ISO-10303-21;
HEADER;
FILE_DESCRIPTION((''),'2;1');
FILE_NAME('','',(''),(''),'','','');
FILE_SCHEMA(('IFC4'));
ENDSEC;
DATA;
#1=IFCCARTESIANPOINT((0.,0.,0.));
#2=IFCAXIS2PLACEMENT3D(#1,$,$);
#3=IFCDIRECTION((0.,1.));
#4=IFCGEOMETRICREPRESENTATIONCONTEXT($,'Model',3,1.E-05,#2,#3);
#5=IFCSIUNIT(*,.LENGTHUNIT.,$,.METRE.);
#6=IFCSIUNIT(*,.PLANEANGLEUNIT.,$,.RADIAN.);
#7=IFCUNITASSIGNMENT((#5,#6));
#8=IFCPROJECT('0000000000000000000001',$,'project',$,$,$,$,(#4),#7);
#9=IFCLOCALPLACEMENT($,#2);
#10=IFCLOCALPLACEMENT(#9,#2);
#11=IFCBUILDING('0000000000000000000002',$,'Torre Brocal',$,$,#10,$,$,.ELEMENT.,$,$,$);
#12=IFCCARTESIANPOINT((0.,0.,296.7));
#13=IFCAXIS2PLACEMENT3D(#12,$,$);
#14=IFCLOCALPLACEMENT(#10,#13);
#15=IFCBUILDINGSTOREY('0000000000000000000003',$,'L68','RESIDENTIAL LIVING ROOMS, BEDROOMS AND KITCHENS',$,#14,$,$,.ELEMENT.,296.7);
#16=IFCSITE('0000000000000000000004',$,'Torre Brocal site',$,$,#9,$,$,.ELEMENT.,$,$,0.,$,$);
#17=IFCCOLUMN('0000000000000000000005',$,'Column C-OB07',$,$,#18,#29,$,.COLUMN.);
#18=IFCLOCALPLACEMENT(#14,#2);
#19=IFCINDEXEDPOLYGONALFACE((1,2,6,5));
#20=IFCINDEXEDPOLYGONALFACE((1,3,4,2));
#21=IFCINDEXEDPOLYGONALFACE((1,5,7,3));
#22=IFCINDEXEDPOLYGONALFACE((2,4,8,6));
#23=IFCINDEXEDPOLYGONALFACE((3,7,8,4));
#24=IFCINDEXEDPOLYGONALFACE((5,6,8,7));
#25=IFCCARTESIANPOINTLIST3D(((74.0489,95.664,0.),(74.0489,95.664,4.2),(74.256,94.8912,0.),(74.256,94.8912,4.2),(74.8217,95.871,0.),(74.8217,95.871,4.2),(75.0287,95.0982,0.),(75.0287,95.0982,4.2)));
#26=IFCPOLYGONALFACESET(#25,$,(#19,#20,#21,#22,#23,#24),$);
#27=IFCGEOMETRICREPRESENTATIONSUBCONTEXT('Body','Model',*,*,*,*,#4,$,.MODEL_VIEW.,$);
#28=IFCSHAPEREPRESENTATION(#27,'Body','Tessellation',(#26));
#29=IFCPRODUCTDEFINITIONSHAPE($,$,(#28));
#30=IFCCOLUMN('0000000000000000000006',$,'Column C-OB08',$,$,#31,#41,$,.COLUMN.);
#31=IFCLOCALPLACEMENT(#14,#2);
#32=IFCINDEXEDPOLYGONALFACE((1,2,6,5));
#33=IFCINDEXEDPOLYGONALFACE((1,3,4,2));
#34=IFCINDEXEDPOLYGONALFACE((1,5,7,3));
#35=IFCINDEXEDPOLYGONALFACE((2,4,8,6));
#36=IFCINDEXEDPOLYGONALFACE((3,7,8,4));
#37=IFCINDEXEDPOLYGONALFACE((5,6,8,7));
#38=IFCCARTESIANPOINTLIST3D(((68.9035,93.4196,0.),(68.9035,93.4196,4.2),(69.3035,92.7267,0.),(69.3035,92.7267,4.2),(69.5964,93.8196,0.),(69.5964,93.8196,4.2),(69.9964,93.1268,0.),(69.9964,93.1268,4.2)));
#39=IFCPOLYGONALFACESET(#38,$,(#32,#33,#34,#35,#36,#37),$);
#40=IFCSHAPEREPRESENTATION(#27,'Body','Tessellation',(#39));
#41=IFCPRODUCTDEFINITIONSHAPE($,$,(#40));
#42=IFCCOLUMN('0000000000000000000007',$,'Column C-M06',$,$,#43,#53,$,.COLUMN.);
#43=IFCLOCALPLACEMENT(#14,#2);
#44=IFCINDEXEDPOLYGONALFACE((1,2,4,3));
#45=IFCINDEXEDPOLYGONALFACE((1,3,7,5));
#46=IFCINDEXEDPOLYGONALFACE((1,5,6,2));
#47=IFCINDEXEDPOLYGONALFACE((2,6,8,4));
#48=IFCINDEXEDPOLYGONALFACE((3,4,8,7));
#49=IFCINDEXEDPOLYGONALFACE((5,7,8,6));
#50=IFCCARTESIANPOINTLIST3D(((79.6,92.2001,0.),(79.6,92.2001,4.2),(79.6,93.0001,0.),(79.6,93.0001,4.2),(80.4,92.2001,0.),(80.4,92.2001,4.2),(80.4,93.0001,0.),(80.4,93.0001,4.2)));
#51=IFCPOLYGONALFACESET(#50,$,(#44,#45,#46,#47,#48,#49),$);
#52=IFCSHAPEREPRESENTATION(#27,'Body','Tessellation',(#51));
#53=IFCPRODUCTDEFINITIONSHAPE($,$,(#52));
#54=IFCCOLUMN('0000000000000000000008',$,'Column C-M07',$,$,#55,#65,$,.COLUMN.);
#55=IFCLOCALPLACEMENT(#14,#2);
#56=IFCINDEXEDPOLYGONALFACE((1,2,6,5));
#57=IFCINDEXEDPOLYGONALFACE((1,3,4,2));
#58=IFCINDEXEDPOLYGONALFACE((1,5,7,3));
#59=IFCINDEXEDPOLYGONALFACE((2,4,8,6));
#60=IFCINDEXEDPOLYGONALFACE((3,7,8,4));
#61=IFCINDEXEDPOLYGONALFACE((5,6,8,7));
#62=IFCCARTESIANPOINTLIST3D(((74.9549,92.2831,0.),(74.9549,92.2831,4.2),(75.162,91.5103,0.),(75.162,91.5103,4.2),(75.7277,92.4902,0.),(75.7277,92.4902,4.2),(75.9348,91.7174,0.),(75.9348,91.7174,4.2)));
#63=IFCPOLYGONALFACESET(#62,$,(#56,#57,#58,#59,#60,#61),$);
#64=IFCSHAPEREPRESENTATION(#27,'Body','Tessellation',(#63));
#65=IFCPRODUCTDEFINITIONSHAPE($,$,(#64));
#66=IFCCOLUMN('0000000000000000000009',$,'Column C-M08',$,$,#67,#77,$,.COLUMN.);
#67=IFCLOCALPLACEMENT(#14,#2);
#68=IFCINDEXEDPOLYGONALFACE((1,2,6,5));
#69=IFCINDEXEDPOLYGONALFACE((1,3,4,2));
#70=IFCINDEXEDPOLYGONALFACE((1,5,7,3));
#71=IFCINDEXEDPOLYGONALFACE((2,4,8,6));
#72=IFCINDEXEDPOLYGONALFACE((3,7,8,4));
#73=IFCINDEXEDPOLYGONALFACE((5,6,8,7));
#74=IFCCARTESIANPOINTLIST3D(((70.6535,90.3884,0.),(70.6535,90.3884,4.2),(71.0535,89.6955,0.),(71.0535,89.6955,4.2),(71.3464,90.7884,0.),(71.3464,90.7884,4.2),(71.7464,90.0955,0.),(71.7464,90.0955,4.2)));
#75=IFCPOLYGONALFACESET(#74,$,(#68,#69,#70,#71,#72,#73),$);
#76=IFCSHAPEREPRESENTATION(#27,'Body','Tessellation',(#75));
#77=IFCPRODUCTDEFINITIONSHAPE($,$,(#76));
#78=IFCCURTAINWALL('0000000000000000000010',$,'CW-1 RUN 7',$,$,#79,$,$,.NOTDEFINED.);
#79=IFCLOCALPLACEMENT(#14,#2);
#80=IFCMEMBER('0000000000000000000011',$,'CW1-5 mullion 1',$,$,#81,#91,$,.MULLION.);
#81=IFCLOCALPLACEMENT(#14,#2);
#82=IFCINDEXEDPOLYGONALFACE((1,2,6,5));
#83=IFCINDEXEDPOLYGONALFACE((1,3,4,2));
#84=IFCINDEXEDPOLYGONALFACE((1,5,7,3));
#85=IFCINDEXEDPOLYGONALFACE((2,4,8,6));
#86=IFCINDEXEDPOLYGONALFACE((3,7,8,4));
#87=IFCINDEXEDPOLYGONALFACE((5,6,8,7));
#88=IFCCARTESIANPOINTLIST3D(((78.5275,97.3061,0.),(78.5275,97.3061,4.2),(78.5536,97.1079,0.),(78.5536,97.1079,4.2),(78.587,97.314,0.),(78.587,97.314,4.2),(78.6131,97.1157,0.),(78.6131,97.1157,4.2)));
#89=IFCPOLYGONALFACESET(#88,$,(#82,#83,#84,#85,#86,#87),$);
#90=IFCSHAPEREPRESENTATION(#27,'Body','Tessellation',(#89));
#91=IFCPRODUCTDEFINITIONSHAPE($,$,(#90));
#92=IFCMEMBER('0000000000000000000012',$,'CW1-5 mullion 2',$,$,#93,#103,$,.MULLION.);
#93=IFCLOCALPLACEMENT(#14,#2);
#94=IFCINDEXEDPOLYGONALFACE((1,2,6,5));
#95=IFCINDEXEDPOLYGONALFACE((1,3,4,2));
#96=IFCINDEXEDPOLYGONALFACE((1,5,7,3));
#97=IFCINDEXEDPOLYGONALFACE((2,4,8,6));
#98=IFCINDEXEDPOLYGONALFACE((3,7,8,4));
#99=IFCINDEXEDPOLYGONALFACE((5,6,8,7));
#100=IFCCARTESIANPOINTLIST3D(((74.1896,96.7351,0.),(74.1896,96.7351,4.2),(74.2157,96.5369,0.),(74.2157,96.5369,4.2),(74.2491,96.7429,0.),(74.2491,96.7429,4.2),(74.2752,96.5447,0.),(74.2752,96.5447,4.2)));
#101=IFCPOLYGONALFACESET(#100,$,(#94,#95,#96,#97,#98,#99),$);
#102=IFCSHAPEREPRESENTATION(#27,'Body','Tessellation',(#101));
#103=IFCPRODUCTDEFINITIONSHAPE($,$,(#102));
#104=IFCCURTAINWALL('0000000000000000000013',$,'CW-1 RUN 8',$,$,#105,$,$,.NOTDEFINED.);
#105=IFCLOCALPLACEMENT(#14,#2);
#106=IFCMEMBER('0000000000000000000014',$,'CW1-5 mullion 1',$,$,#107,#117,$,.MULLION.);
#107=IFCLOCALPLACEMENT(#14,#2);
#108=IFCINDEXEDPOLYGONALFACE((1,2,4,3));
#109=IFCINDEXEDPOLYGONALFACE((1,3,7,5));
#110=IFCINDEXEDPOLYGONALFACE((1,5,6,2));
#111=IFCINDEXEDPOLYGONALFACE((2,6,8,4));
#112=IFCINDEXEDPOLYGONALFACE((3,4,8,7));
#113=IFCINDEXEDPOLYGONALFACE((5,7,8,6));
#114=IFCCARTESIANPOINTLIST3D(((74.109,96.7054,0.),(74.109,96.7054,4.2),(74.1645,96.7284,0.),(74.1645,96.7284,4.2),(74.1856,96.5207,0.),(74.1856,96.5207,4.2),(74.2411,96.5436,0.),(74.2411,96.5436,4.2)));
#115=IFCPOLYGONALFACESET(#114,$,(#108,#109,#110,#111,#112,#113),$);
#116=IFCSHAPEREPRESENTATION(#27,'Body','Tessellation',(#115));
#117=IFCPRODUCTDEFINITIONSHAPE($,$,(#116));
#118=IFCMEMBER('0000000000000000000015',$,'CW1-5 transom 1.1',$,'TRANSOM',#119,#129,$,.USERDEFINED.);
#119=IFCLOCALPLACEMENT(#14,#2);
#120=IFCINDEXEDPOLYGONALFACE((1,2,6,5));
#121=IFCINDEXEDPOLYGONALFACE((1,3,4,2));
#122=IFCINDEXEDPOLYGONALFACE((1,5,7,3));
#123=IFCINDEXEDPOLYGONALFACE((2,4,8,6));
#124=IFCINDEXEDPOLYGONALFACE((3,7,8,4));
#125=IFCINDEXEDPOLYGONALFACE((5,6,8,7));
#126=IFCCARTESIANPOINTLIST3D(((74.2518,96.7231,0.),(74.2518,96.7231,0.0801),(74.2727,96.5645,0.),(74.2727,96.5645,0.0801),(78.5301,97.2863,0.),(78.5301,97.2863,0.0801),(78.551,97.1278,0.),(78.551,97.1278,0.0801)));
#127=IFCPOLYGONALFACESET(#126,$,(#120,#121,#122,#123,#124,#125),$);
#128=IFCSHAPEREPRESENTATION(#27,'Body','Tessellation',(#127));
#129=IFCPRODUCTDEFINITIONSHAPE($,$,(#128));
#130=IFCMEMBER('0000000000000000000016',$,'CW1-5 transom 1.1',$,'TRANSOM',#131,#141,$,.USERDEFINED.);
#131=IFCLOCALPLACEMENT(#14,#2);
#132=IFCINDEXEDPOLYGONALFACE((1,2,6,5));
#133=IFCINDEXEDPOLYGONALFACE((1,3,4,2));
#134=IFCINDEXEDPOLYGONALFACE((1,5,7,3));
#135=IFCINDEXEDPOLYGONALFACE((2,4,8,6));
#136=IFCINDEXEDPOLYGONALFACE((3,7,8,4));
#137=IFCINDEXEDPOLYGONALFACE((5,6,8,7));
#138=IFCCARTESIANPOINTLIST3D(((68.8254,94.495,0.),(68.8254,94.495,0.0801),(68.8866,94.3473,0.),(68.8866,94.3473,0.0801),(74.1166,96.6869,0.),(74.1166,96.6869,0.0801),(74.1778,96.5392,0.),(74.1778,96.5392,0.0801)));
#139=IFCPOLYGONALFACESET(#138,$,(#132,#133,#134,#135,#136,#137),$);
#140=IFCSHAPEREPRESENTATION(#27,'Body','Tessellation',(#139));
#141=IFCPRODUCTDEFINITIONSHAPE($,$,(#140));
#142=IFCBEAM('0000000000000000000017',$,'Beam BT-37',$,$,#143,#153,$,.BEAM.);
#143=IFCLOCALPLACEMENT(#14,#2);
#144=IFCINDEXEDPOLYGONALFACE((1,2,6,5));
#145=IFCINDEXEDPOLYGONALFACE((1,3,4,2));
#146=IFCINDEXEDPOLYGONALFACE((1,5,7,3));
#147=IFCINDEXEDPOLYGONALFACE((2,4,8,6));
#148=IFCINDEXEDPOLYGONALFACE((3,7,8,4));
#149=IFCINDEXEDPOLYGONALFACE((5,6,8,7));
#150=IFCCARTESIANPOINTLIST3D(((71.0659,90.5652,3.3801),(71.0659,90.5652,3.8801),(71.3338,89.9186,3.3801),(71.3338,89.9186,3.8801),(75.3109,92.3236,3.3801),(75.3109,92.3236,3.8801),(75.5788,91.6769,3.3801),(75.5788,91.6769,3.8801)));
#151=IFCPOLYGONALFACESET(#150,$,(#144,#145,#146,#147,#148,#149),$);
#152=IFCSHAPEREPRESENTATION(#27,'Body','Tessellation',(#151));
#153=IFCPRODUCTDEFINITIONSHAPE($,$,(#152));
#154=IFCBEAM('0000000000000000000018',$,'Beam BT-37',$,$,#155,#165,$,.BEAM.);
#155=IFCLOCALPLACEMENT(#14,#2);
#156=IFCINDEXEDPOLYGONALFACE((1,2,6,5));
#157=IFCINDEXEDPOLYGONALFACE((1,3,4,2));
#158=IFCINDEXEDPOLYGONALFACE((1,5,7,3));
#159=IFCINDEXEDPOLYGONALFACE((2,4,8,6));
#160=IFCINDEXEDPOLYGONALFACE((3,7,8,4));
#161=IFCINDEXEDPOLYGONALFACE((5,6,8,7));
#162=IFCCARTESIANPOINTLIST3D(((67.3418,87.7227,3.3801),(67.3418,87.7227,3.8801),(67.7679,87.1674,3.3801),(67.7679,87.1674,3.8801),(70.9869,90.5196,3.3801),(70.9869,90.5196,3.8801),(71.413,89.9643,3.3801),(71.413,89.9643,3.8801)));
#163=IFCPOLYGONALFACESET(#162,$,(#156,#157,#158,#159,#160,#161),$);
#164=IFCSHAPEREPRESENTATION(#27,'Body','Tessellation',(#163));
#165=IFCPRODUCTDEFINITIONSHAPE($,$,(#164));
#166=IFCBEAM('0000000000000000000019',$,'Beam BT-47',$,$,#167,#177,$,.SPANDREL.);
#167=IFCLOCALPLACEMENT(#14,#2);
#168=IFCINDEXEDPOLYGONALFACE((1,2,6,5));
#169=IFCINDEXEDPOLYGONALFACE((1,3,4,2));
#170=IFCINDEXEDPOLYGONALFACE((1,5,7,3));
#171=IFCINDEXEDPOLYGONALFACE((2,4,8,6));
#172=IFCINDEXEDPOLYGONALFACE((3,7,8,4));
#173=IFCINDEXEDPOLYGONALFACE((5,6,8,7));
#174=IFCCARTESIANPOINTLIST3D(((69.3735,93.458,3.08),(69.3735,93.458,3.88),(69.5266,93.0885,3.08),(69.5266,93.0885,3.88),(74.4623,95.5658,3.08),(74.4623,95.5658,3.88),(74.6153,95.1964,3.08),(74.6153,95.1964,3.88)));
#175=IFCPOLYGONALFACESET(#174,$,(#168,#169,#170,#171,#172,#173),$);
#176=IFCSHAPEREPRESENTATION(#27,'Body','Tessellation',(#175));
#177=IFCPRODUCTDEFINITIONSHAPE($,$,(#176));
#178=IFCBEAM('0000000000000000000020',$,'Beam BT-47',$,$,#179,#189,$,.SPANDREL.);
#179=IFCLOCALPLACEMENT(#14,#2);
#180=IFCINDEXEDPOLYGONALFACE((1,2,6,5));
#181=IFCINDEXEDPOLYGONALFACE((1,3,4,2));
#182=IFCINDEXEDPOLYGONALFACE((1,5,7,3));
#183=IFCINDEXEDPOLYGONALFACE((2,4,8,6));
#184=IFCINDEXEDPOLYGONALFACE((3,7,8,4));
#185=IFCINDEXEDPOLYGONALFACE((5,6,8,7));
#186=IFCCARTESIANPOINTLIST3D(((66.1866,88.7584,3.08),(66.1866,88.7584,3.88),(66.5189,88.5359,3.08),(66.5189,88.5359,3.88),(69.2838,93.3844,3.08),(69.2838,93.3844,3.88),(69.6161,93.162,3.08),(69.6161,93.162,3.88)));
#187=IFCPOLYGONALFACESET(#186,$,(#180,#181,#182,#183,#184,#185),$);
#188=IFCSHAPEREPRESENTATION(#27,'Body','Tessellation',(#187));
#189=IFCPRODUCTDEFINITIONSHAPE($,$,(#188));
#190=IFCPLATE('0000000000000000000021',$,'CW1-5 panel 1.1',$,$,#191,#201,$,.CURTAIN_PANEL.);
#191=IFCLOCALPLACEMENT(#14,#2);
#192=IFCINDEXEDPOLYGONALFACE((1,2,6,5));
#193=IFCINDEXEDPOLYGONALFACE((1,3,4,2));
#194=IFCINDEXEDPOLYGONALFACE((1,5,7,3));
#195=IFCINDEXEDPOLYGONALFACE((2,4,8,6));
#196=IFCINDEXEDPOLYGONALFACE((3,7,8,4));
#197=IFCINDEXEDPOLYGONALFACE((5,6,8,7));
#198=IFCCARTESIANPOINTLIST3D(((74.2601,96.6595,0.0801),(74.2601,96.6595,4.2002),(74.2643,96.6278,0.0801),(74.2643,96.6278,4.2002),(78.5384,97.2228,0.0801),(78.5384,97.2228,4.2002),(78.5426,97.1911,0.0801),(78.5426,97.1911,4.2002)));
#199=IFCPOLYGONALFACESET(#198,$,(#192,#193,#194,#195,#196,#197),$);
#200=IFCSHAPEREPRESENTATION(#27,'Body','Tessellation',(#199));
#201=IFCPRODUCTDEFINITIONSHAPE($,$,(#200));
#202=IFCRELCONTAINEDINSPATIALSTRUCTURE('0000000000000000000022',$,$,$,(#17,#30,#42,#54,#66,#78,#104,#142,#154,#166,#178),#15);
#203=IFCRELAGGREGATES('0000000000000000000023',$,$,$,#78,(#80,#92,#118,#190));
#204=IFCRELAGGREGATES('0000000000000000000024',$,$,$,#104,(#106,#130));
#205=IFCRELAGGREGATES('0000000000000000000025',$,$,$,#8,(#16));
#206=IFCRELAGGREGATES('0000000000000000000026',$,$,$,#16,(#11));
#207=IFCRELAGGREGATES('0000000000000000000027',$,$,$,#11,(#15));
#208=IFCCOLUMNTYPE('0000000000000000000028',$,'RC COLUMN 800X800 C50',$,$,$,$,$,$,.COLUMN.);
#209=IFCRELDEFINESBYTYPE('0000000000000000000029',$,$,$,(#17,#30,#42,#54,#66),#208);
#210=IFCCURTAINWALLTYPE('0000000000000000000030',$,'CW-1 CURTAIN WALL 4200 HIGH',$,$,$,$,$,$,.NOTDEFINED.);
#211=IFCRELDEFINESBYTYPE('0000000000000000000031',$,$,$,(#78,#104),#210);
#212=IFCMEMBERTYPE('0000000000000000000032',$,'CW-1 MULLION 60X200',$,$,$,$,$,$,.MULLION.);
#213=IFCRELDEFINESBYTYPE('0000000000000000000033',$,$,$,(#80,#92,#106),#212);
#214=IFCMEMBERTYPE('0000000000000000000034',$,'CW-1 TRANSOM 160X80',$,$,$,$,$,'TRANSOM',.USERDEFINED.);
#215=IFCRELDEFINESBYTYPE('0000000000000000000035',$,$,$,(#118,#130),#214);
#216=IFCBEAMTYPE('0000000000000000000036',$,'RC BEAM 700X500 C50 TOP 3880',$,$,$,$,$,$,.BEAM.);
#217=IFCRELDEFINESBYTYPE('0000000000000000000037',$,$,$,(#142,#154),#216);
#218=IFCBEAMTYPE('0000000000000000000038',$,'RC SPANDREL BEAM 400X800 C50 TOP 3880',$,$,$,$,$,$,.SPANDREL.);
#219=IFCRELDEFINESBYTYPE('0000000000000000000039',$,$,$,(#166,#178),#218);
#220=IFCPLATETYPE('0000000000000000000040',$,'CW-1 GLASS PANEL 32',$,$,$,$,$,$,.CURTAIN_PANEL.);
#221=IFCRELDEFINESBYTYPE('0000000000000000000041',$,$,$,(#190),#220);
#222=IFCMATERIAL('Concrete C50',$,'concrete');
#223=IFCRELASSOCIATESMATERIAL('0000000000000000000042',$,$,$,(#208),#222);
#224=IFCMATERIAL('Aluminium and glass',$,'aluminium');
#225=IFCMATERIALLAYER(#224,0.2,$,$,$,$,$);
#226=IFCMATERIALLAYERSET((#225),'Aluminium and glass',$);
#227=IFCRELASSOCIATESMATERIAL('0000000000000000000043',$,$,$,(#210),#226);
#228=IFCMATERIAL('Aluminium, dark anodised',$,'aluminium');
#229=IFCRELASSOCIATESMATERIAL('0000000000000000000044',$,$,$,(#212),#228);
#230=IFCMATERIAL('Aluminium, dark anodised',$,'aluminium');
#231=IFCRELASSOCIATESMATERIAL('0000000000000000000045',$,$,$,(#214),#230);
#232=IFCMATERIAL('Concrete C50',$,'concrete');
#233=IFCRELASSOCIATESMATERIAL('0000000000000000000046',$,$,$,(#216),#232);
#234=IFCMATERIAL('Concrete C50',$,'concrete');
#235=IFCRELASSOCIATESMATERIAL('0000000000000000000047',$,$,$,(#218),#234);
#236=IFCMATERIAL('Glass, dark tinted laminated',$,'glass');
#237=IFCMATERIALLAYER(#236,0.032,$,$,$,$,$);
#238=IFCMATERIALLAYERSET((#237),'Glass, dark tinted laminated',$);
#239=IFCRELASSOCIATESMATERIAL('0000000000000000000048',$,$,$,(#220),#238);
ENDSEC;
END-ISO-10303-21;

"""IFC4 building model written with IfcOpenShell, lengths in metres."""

from ifc_helpers import new_model, si_unit, direction, frame, origin, origin_2d, place, context, subcontext, project, spatial, rectangle, extrude, material, layer, layer_set, material_profile, profile_set, type_object, element, aggregate, save


model = new_model("IFC4")

# Units and contexts
model_context = context("Model", 3, precision=1e-05, world=origin(), true_north=direction((0.0, 1.0)))
body_context = subcontext(model_context, "Body", "Model", "MODEL_VIEW")
ifc_project = project(units=[si_unit("LENGTHUNIT", "METRE"), si_unit("PLANEANGLEUNIT", "RADIAN")], contexts=[model_context])

# Site, building, storey
site_placement = place(None, origin())
site = spatial("IfcSite", under=ifc_project, at=site_placement, Name="Torre Brocal site", CompositionType="ELEMENT", RefElevation=0.0)
building_placement = place(site_placement, origin())
building = spatial("IfcBuilding", under=site, at=building_placement, Name="Torre Brocal", CompositionType="ELEMENT")
storey_placement = place(building_placement, frame((0.0, 0.0, 296.7)))
storey = spatial("IfcBuildingStorey", under=building, at=storey_placement, Name="L68", Description="RESIDENTIAL LIVING ROOMS, BEDROOMS AND KITCHENS", CompositionType="ELEMENT", Elevation=296.7)

# Columns
ifc_material_1 = material(Name="Concrete C50", Category="concrete")
ifc_material_profile_1 = material_profile(ifc_material_1, rectangle(XDim=0.8, YDim=0.8, at=origin_2d()), Name="RC 800X800")
ifc_profile_set_1 = profile_set([ifc_material_profile_1], Name="Concrete C50")
column_type = type_object("IfcColumnType", Name="RC COLUMN 800X800 C50", PredefinedType="COLUMN", material=ifc_profile_set_1)
for number, where, z_axis, x_axis, name in (
    (1, (74.5388, 95.3811, 0.0), (0.0, 0.0, 1.0), (-0.258819, 0.965926, 0.0), "Column C-OB07"),
    (2, (69.45, 93.2732, 0.0), (0.0, 0.0, 1.0), (-0.5, 0.866025, 0.0), "Column C-OB08"),
    (3, (80.0, 92.6001, 0.0), (0.0, 0.0, 1.0), (0.0, 1.0, 0.0), "Column C-M06"),
    (4, (75.4448, 92.0002, 0.0), (0.0, 0.0, 1.0), (-0.258819, 0.965926, 0.0), "Column C-M07"),
    (5, (71.2, 90.2419, 0.0), (0.0, 0.0, 1.0), (-0.5, 0.866025, 0.0), "Column C-M08"),
):
    element("IfcColumn", number, at=place(storey_placement, frame(where, z_axis=z_axis, x_axis=x_axis)), inside=storey, type_object=column_type, Name=name, PredefinedType="COLUMN", context=body_context, shape_type="SweptSolid", body=[
        extrude(rectangle(XDim=0.8, YDim=0.8, at=origin_2d()), origin(), (0.0, 0.0, 1.0), 4.2),
    ])

# Curtain wall, members
ifc_material_2 = material(Name="Aluminium and glass", Category="aluminium")
ifc_layer_1 = layer(ifc_material_2, 0.2)
ifc_layer_set_1 = layer_set([ifc_layer_1], Name="Aluminium and glass")
curtain_wall_type = type_object("IfcCurtainWallType", Name="CW-1 CURTAIN WALL 4200 HIGH", PredefinedType="NOTDEFINED", material=ifc_layer_set_1)
curtain_wall_1_placement = place(storey_placement, origin())
curtain_wall_1 = element("IfcCurtainWall", 6, at=curtain_wall_1_placement, inside=storey, type_object=curtain_wall_type, Name="CW-1 RUN 7", PredefinedType="NOTDEFINED")
ifc_material_3 = material(Name="Aluminium, dark anodised", Category="aluminium")
ifc_material_profile_2 = material_profile(ifc_material_3, rectangle(XDim=0.2, YDim=0.0601, at=origin_2d()), Name="CW-1 MULLION 60X200")
ifc_profile_set_2 = profile_set([ifc_material_profile_2], Name="Aluminium, dark anodised")
member_type_1 = type_object("IfcMemberType", Name="CW-1 MULLION 60X200", PredefinedType="MULLION", material=ifc_profile_set_2)
member_1_placement = place(storey_placement, frame((78.5703, 97.2109, 0.0), z_axis=(0.0, 0.0, 1.0), x_axis=(0.130526, -0.991445, 0.0)))
member_1 = element("IfcMember", 7, at=member_1_placement, type_object=member_type_1, Name="CW1-5 mullion 1", PredefinedType="MULLION", context=body_context, shape_type="SweptSolid", body=[
    extrude(rectangle(XDim=0.2, YDim=0.0601, at=origin_2d()), origin(), (0.0, 0.0, 1.0), 4.2),
])
member_2_placement = place(storey_placement, frame((74.2324, 96.6399, 0.0), z_axis=(0.0, 0.0, 1.0), x_axis=(0.130526, -0.991445, 0.0)))
member_2 = element("IfcMember", 8, at=member_2_placement, type_object=member_type_1, Name="CW1-5 mullion 2", PredefinedType="MULLION", context=body_context, shape_type="SweptSolid", body=[
    extrude(rectangle(XDim=0.2, YDim=0.0601, at=origin_2d()), origin(), (0.0, 0.0, 1.0), 4.2),
])

# Curtain wall, member
curtain_wall_2_placement = place(storey_placement, origin())
curtain_wall_2 = element("IfcCurtainWall", 9, at=curtain_wall_2_placement, inside=storey, type_object=curtain_wall_type, Name="CW-1 RUN 8", PredefinedType="NOTDEFINED")
member_3_placement = place(storey_placement, frame((74.175, 96.6245, 0.0), z_axis=(0.0, 0.0, 1.0), x_axis=(0.382683, -0.92388, 0.0)))
member_3 = element("IfcMember", 10, at=member_3_placement, type_object=member_type_1, Name="CW1-5 mullion 1", PredefinedType="MULLION", context=body_context, shape_type="SweptSolid", body=[
    extrude(rectangle(XDim=0.2, YDim=0.0601, at=origin_2d()), origin(), (0.0, 0.0, 1.0), 4.2),
])

# Members
ifc_material_4 = material(Name="Aluminium, dark anodised", Category="aluminium")
ifc_material_profile_3 = material_profile(ifc_material_4, rectangle(XDim=0.1599, YDim=0.0801, at=origin_2d()), Name="CW-1 TRANSOM 160X80")
ifc_profile_set_3 = profile_set([ifc_material_profile_3], Name="Aluminium, dark anodised")
member_type_2 = type_object("IfcMemberType", Name="CW-1 TRANSOM 160X80", ElementType="TRANSOM", PredefinedType="USERDEFINED", material=ifc_profile_set_3)
member_4_placement = place(storey_placement, frame((78.5405, 97.207, 0.04), z_axis=(-0.991445, -0.130522, 0.0), x_axis=(0.130522, -0.991445, 0.0)))
member_4 = element("IfcMember", 11, at=member_4_placement, type_object=member_type_2, Name="CW1-5 transom 1.1", ObjectType="TRANSOM", PredefinedType="USERDEFINED", context=body_context, shape_type="SweptSolid", body=[
    extrude(rectangle(XDim=0.1599, YDim=0.0801, at=origin_2d()), origin(), (0.0, 0.0, 1.0), 4.3152),
])
member_5_placement = place(storey_placement, frame((74.1472, 96.613, 0.04), z_axis=(-0.923868, -0.382711, 0.0), x_axis=(0.382711, -0.923868, 0.0)))
member_5 = element("IfcMember", 12, at=member_5_placement, type_object=member_type_2, Name="CW1-5 transom 1.1", ObjectType="TRANSOM", PredefinedType="USERDEFINED", context=body_context, shape_type="SweptSolid", body=[
    extrude(rectangle(XDim=0.1599, YDim=0.0801, at=origin_2d()), origin(), (0.0, 0.0, 1.0), 5.7273),
])

# Beams
ifc_material_5 = material(Name="Concrete C50", Category="concrete")
ifc_material_profile_4 = material_profile(ifc_material_5, rectangle(XDim=0.7, YDim=0.5, at=origin_2d()), Name="RC 700X500")
ifc_profile_set_4 = profile_set([ifc_material_profile_4], Name="Concrete C50")
beam_type_1 = type_object("IfcBeamType", Name="RC BEAM 700X500 C50 TOP 3880", PredefinedType="BEAM", material=ifc_profile_set_4)
beam_1_placement = place(storey_placement, frame((75.4448, 92.0002, 3.6301), z_axis=(-0.923878, -0.382687, 0.0), x_axis=(0.382687, -0.923878, 0.0)))
element("IfcBeam", 13, at=beam_1_placement, inside=storey, type_object=beam_type_1, Name="Beam BT-37", PredefinedType="BEAM", context=body_context, shape_type="SweptSolid", body=[
    extrude(rectangle(XDim=0.7, YDim=0.5, at=origin_2d()), origin(), (0.0, 0.0, 1.0), 4.5947),
])
beam_2_placement = place(storey_placement, frame((71.2, 90.2419, 3.6301), z_axis=(-0.793358, -0.608755, 0.0), x_axis=(0.608755, -0.793358, 0.0)))
element("IfcBeam", 14, at=beam_2_placement, inside=storey, type_object=beam_type_1, Name="Beam BT-37", PredefinedType="BEAM", context=body_context, shape_type="SweptSolid", body=[
    extrude(rectangle(XDim=0.7, YDim=0.5, at=origin_2d()), origin(), (0.0, 0.0, 1.0), 4.5945),
])
ifc_material_6 = material(Name="Concrete C50", Category="concrete")
ifc_material_profile_5 = material_profile(ifc_material_6, rectangle(XDim=0.3999, YDim=0.8, at=origin_2d()), Name="RC 400X800")
ifc_profile_set_5 = profile_set([ifc_material_profile_5], Name="Concrete C50")
beam_type_2 = type_object("IfcBeamType", Name="RC SPANDREL BEAM 400X800 C50 TOP 3880", PredefinedType="SPANDREL", material=ifc_profile_set_5)
beam_3_placement = place(storey_placement, frame((74.5388, 95.3811, 3.48), z_axis=(-0.923877, -0.382688, 0.0), x_axis=(0.382688, -0.923877, 0.0)))
element("IfcBeam", 15, at=beam_3_placement, inside=storey, type_object=beam_type_2, Name="Beam BT-47", PredefinedType="SPANDREL", context=body_context, shape_type="SweptSolid", body=[
    extrude(rectangle(XDim=0.3999, YDim=0.8, at=origin_2d()), origin(), (0.0, 0.0, 1.0), 5.5081),
])
beam_4_placement = place(storey_placement, frame((69.45, 93.2732, 3.48), z_axis=(-0.556339, -0.830956, 0.0), x_axis=(0.830956, -0.556339, 0.0)))
element("IfcBeam", 16, at=beam_4_placement, inside=storey, type_object=beam_type_2, Name="Beam BT-47", PredefinedType="SPANDREL", context=body_context, shape_type="SweptSolid", body=[
    extrude(rectangle(XDim=0.3999, YDim=0.8, at=origin_2d()), origin(), (0.0, 0.0, 1.0), 5.5671),
])

# Plate
ifc_material_7 = material(Name="Glass, dark tinted laminated", Category="glass")
ifc_layer_2 = layer(ifc_material_7, 0.032)
ifc_layer_set_2 = layer_set([ifc_layer_2], Name="Glass, dark tinted laminated")
plate_type = type_object("IfcPlateType", Name="CW-1 GLASS PANEL 32", PredefinedType="CURTAIN_PANEL", material=ifc_layer_set_2)
plate_1_placement = place(storey_placement, frame((76.4014, 96.9253, 0.0801), z_axis=(0.0, 0.0, 1.0), x_axis=(-0.991445, -0.130526, 0.0)))
plate_1 = element("IfcPlate", 17, at=plate_1_placement, type_object=plate_type, Name="CW1-5 panel 1.1", PredefinedType="CURTAIN_PANEL", context=body_context, shape_type="SweptSolid", body=[
    extrude(rectangle(XDim=4.3152, YDim=0.032, at=origin_2d()), origin(), (0.0, 0.0, 1.0), 4.1201),
])
aggregate(curtain_wall_1, [member_1, member_2, member_4, plate_1])
aggregate(curtain_wall_2, [member_3, member_5])

save(model, "model.ifc")
